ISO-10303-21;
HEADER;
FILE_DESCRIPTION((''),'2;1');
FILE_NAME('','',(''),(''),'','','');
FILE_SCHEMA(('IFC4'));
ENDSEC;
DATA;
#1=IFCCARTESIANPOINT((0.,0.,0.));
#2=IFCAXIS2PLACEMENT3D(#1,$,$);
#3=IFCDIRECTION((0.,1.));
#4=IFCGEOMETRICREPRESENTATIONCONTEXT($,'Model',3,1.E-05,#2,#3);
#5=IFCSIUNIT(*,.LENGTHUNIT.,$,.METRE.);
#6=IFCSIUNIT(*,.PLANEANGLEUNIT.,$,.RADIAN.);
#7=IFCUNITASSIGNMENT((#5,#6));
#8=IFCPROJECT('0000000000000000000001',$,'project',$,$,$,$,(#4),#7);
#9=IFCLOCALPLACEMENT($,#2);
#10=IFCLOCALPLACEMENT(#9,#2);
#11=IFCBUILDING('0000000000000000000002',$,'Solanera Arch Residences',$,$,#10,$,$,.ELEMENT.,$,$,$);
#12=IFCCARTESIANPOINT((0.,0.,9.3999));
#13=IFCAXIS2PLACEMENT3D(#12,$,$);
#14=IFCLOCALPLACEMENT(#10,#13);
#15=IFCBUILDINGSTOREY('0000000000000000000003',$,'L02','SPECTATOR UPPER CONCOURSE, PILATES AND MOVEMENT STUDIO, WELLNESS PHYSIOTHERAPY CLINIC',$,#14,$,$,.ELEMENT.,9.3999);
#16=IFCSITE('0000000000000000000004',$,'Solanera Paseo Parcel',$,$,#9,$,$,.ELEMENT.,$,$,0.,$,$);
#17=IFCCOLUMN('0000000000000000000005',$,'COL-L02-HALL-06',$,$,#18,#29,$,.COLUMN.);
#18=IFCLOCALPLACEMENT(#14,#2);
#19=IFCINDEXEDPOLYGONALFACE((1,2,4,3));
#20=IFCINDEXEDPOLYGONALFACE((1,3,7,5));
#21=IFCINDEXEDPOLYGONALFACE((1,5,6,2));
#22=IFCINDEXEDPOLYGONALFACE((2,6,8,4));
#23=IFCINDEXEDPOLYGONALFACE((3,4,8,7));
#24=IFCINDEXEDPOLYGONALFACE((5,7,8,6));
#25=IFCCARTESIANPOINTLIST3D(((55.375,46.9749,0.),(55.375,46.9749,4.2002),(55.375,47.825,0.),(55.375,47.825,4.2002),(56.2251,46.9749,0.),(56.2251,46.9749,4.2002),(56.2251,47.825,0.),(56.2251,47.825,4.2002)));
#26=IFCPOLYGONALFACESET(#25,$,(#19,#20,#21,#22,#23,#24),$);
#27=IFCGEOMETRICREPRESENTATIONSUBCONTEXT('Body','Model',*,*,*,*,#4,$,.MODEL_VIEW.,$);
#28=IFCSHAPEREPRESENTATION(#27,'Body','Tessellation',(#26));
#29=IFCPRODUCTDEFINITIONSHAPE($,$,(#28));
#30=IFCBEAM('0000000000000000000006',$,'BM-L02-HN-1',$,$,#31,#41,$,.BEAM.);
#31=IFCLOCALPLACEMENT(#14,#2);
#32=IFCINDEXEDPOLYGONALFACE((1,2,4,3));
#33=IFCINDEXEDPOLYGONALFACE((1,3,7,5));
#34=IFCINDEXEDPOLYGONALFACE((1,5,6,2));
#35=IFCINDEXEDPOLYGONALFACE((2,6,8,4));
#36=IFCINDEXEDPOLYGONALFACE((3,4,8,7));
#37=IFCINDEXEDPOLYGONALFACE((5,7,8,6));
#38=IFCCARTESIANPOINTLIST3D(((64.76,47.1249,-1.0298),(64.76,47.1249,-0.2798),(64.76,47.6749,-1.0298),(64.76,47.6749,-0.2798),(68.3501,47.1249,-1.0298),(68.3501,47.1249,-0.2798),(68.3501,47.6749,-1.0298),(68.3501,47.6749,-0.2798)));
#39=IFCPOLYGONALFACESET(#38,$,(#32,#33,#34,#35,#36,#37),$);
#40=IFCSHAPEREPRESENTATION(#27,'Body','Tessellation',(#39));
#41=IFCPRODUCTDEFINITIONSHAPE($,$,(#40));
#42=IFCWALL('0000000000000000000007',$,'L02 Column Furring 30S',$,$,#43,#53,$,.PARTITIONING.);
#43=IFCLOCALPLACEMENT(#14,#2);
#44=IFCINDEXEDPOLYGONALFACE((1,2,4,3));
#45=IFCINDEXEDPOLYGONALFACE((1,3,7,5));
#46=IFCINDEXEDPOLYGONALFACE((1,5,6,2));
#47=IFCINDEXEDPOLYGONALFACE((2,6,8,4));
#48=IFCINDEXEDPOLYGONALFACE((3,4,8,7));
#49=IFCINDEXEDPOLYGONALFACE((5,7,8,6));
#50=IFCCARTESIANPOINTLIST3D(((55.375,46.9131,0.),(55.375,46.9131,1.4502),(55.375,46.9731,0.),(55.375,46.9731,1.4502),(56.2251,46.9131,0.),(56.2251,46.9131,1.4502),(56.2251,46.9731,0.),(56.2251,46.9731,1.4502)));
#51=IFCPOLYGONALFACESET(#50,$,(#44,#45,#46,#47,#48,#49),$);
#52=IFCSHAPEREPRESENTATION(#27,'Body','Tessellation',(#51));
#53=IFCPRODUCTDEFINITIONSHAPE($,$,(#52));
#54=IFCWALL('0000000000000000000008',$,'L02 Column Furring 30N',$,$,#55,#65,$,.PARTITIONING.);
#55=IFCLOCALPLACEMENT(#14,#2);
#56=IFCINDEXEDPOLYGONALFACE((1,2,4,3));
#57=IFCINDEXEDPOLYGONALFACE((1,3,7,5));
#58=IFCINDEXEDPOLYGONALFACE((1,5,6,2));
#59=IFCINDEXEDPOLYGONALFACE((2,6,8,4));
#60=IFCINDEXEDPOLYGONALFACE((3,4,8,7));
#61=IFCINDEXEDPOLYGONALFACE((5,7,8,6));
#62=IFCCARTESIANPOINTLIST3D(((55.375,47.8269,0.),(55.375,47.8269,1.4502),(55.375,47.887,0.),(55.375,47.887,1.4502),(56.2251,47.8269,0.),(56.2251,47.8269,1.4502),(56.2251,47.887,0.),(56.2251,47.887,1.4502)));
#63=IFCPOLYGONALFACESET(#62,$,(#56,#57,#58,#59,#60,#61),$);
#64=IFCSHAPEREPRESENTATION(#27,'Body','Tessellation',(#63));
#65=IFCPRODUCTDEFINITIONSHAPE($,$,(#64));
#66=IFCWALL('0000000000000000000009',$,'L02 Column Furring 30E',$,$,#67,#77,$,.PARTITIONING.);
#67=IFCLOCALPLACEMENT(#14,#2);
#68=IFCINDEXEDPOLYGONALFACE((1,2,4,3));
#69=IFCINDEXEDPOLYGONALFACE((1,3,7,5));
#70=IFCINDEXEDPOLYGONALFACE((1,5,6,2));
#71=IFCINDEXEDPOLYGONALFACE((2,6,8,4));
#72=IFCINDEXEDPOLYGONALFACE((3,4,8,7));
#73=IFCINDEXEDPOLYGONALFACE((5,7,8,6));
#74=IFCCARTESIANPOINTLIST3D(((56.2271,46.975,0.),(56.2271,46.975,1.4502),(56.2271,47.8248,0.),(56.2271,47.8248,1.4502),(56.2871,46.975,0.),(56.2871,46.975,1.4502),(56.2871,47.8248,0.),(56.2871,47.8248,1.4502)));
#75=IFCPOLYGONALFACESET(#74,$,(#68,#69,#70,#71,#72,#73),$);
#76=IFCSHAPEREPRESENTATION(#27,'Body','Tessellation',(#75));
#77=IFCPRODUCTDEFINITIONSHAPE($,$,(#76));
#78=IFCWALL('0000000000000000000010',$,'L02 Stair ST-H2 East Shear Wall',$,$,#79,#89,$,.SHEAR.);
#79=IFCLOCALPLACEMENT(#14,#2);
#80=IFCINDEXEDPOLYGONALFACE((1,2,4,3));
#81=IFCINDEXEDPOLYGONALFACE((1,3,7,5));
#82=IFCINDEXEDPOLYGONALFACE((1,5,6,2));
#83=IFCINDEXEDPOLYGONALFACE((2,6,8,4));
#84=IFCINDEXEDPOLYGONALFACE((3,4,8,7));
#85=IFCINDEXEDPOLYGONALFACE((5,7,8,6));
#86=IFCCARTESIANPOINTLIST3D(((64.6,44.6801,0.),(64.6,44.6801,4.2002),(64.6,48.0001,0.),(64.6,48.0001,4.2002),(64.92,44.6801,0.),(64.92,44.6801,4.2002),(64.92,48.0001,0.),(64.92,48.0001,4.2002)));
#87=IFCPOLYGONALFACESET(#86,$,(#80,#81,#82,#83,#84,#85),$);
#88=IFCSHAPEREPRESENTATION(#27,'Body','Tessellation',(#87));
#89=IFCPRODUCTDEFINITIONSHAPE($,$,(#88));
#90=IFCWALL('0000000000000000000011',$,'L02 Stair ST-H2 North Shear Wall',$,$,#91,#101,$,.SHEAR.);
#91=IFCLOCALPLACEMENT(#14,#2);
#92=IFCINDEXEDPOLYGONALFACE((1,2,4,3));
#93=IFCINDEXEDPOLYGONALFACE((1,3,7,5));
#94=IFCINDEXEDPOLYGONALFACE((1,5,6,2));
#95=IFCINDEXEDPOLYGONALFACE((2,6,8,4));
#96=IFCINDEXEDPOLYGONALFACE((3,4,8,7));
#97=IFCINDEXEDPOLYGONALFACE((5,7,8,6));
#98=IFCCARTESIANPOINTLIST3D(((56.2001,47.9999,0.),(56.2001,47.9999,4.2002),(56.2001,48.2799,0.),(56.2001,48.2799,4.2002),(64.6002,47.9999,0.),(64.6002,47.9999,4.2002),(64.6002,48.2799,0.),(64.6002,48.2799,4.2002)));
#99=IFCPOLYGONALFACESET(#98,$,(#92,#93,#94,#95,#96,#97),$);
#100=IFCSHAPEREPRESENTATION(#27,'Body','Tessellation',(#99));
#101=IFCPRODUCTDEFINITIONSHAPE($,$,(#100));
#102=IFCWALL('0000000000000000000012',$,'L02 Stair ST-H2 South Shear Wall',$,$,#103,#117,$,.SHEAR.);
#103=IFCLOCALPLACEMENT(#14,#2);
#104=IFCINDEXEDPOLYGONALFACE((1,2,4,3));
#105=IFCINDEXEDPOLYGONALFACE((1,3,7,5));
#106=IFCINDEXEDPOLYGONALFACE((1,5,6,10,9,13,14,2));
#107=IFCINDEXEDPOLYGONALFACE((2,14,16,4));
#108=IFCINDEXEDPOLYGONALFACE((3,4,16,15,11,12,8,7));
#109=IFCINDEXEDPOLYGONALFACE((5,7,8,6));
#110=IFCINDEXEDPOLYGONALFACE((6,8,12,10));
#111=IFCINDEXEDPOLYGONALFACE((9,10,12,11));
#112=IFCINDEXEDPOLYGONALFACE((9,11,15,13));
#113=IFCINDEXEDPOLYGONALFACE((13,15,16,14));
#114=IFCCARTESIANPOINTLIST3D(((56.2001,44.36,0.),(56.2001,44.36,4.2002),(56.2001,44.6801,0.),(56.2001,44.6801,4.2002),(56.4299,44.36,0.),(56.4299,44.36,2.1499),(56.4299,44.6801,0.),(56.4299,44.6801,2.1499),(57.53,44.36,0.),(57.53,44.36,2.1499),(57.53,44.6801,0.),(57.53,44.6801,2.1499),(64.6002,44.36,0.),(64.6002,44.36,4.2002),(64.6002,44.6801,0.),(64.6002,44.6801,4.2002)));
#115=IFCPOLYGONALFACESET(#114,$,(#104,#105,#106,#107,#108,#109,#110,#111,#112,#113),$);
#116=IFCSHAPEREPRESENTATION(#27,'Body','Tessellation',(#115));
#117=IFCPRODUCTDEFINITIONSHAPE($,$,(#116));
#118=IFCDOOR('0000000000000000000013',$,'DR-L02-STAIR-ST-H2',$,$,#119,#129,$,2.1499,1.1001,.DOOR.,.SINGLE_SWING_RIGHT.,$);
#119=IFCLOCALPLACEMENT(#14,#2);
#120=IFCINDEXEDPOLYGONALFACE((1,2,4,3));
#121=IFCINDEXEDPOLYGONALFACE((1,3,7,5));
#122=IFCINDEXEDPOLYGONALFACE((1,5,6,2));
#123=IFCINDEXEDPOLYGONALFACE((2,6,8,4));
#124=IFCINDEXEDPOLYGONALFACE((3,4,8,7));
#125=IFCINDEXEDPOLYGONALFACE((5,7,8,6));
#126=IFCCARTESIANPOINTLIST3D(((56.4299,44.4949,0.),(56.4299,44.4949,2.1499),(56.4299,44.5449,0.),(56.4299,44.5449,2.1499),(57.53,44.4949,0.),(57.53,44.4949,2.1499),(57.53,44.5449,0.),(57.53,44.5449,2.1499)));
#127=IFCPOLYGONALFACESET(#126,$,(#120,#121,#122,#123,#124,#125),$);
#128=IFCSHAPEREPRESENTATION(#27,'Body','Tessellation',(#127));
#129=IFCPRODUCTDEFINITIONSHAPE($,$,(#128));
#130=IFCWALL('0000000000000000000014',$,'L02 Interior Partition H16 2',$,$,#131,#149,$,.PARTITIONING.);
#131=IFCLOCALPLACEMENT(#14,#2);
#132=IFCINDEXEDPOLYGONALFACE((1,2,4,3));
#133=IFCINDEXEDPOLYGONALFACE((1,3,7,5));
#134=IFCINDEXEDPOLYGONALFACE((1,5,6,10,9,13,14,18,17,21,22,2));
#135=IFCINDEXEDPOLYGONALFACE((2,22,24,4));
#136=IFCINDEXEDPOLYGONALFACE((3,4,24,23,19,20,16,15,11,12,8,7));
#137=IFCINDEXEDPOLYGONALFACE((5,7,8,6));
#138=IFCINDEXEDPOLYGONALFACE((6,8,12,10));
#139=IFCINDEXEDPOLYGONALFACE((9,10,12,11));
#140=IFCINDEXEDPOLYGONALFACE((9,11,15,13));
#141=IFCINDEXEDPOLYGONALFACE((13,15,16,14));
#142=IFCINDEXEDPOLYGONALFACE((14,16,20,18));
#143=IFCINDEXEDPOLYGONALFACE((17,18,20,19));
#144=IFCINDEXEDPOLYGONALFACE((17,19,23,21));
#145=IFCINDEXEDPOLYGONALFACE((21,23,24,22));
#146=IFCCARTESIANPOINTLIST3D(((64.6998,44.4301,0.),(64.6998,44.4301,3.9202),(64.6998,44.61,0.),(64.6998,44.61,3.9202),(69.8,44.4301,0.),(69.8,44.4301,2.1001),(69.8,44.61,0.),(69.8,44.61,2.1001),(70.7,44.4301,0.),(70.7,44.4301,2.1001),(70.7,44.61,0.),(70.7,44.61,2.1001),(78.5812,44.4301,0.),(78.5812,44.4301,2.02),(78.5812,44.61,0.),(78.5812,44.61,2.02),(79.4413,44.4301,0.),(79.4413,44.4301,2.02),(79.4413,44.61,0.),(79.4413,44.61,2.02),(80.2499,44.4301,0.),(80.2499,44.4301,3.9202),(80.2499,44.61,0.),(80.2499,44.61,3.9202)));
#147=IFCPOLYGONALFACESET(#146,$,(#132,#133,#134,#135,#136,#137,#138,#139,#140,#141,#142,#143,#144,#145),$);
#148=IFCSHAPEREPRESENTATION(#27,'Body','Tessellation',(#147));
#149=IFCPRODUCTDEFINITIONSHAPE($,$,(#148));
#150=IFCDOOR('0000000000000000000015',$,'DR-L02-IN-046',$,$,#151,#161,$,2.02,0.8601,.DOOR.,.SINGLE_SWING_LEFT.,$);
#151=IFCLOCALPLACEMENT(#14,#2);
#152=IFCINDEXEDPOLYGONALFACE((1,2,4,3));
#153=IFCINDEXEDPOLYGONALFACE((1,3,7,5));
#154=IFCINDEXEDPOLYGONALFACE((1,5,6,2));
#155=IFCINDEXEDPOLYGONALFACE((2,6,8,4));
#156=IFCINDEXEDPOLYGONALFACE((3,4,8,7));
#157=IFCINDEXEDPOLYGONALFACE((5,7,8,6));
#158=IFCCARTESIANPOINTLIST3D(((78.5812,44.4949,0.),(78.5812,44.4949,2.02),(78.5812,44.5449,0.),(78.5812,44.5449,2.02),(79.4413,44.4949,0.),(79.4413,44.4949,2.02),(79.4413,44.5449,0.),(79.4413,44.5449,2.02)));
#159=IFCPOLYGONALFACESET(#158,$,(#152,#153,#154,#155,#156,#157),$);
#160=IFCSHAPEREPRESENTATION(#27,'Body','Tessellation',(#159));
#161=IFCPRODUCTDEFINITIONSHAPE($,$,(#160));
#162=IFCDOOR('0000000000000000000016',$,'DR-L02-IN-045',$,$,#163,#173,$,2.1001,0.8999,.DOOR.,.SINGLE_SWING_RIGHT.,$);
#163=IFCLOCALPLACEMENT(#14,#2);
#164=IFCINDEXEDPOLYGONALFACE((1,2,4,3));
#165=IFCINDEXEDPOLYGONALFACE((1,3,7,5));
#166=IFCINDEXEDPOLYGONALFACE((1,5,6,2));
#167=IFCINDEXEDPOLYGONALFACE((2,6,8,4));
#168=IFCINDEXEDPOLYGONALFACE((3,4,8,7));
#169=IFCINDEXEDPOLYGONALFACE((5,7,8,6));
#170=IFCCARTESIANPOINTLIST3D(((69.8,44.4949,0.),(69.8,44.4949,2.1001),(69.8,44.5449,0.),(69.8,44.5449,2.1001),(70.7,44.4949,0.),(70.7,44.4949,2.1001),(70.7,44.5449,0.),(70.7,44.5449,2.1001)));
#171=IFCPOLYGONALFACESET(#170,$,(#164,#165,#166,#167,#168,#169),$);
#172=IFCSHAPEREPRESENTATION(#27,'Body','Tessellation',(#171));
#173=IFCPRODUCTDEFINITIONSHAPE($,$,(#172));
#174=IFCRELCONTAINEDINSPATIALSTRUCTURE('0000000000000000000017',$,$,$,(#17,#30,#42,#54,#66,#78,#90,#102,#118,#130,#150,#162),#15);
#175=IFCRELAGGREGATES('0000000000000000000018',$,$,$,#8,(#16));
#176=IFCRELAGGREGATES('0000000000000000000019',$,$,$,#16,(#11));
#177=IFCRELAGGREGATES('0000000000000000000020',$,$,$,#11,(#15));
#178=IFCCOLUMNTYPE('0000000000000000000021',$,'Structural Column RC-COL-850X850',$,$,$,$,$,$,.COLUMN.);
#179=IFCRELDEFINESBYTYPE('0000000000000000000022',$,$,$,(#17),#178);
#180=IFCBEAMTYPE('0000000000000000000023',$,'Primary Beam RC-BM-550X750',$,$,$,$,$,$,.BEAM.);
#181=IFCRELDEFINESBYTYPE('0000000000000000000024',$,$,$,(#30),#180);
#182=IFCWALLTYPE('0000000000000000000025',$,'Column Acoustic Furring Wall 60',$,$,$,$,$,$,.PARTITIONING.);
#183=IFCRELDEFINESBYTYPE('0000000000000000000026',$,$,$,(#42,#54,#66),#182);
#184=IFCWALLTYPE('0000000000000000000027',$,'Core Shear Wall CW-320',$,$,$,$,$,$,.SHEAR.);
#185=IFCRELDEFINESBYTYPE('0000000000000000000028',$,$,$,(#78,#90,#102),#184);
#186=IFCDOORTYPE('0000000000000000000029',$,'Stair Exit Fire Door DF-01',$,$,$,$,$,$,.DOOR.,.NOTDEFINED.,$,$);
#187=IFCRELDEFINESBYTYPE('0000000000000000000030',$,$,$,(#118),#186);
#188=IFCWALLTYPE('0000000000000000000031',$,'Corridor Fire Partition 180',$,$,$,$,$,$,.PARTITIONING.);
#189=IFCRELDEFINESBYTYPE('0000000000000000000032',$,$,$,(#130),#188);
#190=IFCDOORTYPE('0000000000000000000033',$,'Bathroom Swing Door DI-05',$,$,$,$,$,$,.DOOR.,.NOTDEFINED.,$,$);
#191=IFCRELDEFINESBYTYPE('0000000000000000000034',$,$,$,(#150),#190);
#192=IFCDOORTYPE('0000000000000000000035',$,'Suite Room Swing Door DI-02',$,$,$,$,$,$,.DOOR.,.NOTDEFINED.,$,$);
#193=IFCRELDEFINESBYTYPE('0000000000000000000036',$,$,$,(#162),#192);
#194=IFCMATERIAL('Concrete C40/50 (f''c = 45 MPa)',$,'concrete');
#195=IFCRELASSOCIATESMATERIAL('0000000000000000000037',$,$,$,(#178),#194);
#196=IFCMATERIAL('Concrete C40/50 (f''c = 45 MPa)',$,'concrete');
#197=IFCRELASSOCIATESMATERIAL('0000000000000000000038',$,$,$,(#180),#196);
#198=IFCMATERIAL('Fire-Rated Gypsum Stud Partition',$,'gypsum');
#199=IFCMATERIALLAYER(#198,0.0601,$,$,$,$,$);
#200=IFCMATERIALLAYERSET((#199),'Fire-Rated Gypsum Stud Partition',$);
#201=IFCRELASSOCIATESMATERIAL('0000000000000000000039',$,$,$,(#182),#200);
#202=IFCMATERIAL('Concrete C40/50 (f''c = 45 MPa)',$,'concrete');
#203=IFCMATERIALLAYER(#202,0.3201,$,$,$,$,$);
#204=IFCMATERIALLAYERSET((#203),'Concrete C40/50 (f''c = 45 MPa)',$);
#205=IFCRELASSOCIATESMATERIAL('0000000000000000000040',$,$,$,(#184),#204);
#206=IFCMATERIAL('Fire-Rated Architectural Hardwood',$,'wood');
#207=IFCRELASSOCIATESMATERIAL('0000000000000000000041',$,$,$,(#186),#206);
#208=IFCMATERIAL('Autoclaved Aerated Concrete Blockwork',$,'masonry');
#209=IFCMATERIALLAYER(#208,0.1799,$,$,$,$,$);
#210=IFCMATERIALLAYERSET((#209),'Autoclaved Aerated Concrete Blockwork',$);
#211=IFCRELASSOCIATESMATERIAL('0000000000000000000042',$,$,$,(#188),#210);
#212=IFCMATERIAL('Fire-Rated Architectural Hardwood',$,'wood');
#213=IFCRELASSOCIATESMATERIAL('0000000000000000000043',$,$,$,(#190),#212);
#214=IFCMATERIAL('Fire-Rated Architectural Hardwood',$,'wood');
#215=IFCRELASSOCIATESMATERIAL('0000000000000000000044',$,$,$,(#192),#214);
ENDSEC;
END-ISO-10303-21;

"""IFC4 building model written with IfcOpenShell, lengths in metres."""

from ifc_helpers import new_model, si_unit, direction, frame, frame_2d, origin, origin_2d, place, context, subcontext, project, spatial, rectangle, extrude, material, layer, layer_set, material_profile, profile_set, type_object, element, fill, save


model = new_model("IFC4")

# Units and contexts
model_context = context("Model", 3, precision=1e-05, world=origin(), true_north=direction((0.0, 1.0)))
body_context = subcontext(model_context, "Body", "Model", "MODEL_VIEW")
ifc_project = project(units=[si_unit("LENGTHUNIT", "METRE"), si_unit("PLANEANGLEUNIT", "RADIAN")], contexts=[model_context])

# Site, building, storey
site_placement = place(None, origin())
site = spatial("IfcSite", under=ifc_project, at=site_placement, Name="Solanera Paseo Parcel", CompositionType="ELEMENT", RefElevation=0.0)
building_placement = place(site_placement, origin())
building = spatial("IfcBuilding", under=site, at=building_placement, Name="Solanera Arch Residences", CompositionType="ELEMENT")
storey_placement = place(building_placement, frame((0.0, 0.0, 9.3999)))
storey = spatial("IfcBuildingStorey", under=building, at=storey_placement, Name="L02", Description="SPECTATOR UPPER CONCOURSE, PILATES AND MOVEMENT STUDIO, WELLNESS PHYSIOTHERAPY CLINIC", CompositionType="ELEMENT", Elevation=9.3999)

# Column
ifc_material_1 = material(Name="Concrete C40/50 (f'c = 45 MPa)", Category="concrete")
ifc_material_profile_1 = material_profile(ifc_material_1, rectangle(XDim=0.8501, YDim=0.8501, at=origin_2d()))
ifc_profile_set_1 = profile_set([ifc_material_profile_1], Name="Concrete C40/50 (f'c = 45 MPa)")
column_type = type_object("IfcColumnType", Name="Structural Column RC-COL-850X850", PredefinedType="COLUMN", material=ifc_profile_set_1)
column_placement = place(storey_placement, frame((55.8, 47.3999, 0.0), z_axis=(0.0, 0.0, 1.0), x_axis=(1.0, 0.0, 0.0)))
element("IfcColumn", 1, at=column_placement, inside=storey, type_object=column_type, Name="COL-L02-HALL-06", PredefinedType="COLUMN", context=body_context, shape_type="SweptSolid", body=[
    extrude(rectangle(XDim=0.8501, YDim=0.8501, at=origin_2d()), origin(), (0.0, 0.0, 1.0), 4.2002),
])

# Beam
ifc_material_2 = material(Name="Concrete C40/50 (f'c = 45 MPa)", Category="concrete")
ifc_material_profile_2 = material_profile(ifc_material_2, rectangle(XDim=0.55, YDim=0.75, at=origin_2d()))
ifc_profile_set_2 = profile_set([ifc_material_profile_2], Name="Concrete C40/50 (f'c = 45 MPa)")
beam_type = type_object("IfcBeamType", Name="Primary Beam RC-BM-550X750", PredefinedType="BEAM", material=ifc_profile_set_2)
beam_placement = place(storey_placement, frame((64.76, 47.3999, -0.6548), z_axis=(1.0, 0.0, 0.0), x_axis=(0.0, 1.0, 0.0)))
element("IfcBeam", 2, at=beam_placement, inside=storey, type_object=beam_type, Name="BM-L02-HN-1", PredefinedType="BEAM", context=body_context, shape_type="SweptSolid", body=[
    extrude(rectangle(XDim=0.55, YDim=0.75, at=origin_2d()), origin(), (0.0, 0.0, 1.0), 3.5901),
])

# Walls
ifc_material_3 = material(Name="Fire-Rated Gypsum Stud Partition", Category="gypsum")
ifc_layer_1 = layer(ifc_material_3, 0.0601)
ifc_layer_set_1 = layer_set([ifc_layer_1], Name="Fire-Rated Gypsum Stud Partition")
wall_type_1 = type_object("IfcWallType", Name="Column Acoustic Furring Wall 60", PredefinedType="PARTITIONING", material=ifc_layer_set_1)
for number, where, z_axis, x_axis, name in (
    (3, (55.375, 46.9431, 0.0), (0.0, 0.0, 1.0), (1.0, 0.0, 0.0), "L02 Column Furring 30S"),
    (4, (55.375, 47.8569, 0.0), (0.0, 0.0, 1.0), (1.0, 0.0, 0.0), "L02 Column Furring 30N"),
):
    element("IfcWall", number, at=place(storey_placement, frame(where, z_axis=z_axis, x_axis=x_axis)), inside=storey, type_object=wall_type_1, Name=name, PredefinedType="PARTITIONING", context=body_context, shape_type="SweptSolid", body=[
        extrude(rectangle(XDim=0.8501, YDim=0.0601, at=frame_2d((0.425, 0.0))), origin(), (0.0, 0.0, 1.0), 1.4502),
    ])
wall_1_placement = place(storey_placement, frame((56.2571, 46.9751, 0.0), z_axis=(0.0, 0.0, 1.0), x_axis=(0.0, 1.0, 0.0)))
element("IfcWall", 5, at=wall_1_placement, inside=storey, type_object=wall_type_1, Name="L02 Column Furring 30E", PredefinedType="PARTITIONING", context=body_context, shape_type="SweptSolid", body=[
    extrude(rectangle(XDim=0.8499, YDim=0.0601, at=frame_2d((0.4248, 0.0))), origin(), (0.0, 0.0, 1.0), 1.4502),
])
ifc_material_4 = material(Name="Concrete C40/50 (f'c = 45 MPa)", Category="concrete")
ifc_layer_2 = layer(ifc_material_4, 0.3201)
ifc_layer_set_2 = layer_set([ifc_layer_2], Name="Concrete C40/50 (f'c = 45 MPa)")
wall_type_2 = type_object("IfcWallType", Name="Core Shear Wall CW-320", PredefinedType="SHEAR", material=ifc_layer_set_2)
wall_2_placement = place(storey_placement, frame((64.76, 44.6799, 0.0), z_axis=(0.0, 0.0, 1.0), x_axis=(0.0, 1.0, 0.0)))
element("IfcWall", 6, at=wall_2_placement, inside=storey, type_object=wall_type_2, Name="L02 Stair ST-H2 East Shear Wall", PredefinedType="SHEAR", context=body_context, shape_type="SweptSolid", body=[
    extrude(rectangle(XDim=3.3201, YDim=0.3201, at=frame_2d((1.6602, 0.0))), origin(), (0.0, 0.0, 1.0), 4.2002),
])
wall_3_placement = place(storey_placement, frame((56.2, 48.1399, 0.0), z_axis=(0.0, 0.0, 1.0), x_axis=(1.0, 0.0, 0.0)))
element("IfcWall", 7, at=wall_3_placement, inside=storey, type_object=wall_type_2, Name="L02 Stair ST-H2 North Shear Wall", PredefinedType="SHEAR", context=body_context, shape_type="SweptSolid", body=[
    extrude(rectangle(XDim=8.4001, YDim=0.28, at=frame_2d((4.2002, 0.0))), origin(), (0.0, 0.0, 1.0), 4.2002),
])

# Wall, opening, door
wall_4_placement = place(storey_placement, frame((56.2, 44.52, 0.0), z_axis=(0.0, 0.0, 1.0), x_axis=(1.0, 0.0, 0.0)))
wall_4 = element("IfcWall", 8, at=wall_4_placement, inside=storey, type_object=wall_type_2, Name="L02 Stair ST-H2 South Shear Wall", PredefinedType="SHEAR", context=body_context, shape_type="SweptSolid", body=[
    extrude(rectangle(XDim=8.4001, YDim=0.3201, at=frame_2d((4.2002, 0.0))), origin(), (0.0, 0.0, 1.0), 4.2002),
])
opening_1_placement = place(wall_4_placement, frame((0.23, 0.0, 0.0)))
opening_1 = element("IfcOpeningElement", 9, at=opening_1_placement, cuts=wall_4, PredefinedType="OPENING", context=body_context, shape_type="SweptSolid", body=[
    extrude(rectangle(XDim=1.1001, YDim=2.1499, at=frame_2d((0.55, 1.075))), frame((0.0, 0.1699, 0.0), z_axis=(0.0, -1.0, 0.0), x_axis=(1.0, 0.0, 0.0)), (0.0, 0.0, 1.0), 0.3401),
])
ifc_material_5 = material(Name="Fire-Rated Architectural Hardwood", Category="wood")
door_type_1 = type_object("IfcDoorType", Name="Stair Exit Fire Door DF-01", OperationType="NOTDEFINED", PredefinedType="DOOR", material=ifc_material_5)
door_1_placement = place(opening_1_placement, origin())
door_1 = element("IfcDoor", 10, at=door_1_placement, inside=storey, type_object=door_type_1, Name="DR-L02-STAIR-ST-H2", OperationType="SINGLE_SWING_RIGHT", OverallHeight=2.1499, OverallWidth=1.1001, PredefinedType="DOOR", context=body_context, shape_type="SweptSolid", body=[
    extrude(rectangle(XDim=1.1001, YDim=2.1499, at=frame_2d((0.55, 1.075))), frame((0.0, 0.0249, 0.0), z_axis=(0.0, -1.0, 0.0), x_axis=(1.0, 0.0, 0.0)), (0.0, 0.0, 1.0), 0.05),
])
fill(opening_1, door_1)

# Wall, openings, doors
ifc_material_6 = material(Name="Autoclaved Aerated Concrete Blockwork", Category="masonry")
ifc_layer_3 = layer(ifc_material_6, 0.1799)
ifc_layer_set_3 = layer_set([ifc_layer_3], Name="Autoclaved Aerated Concrete Blockwork")
wall_type_3 = type_object("IfcWallType", Name="Corridor Fire Partition 180", PredefinedType="PARTITIONING", material=ifc_layer_set_3)
wall_5_placement = place(storey_placement, frame((64.7, 44.52, 0.0), z_axis=(0.0, 0.0, 1.0), x_axis=(1.0, 0.0, 0.0)))
wall_5 = element("IfcWall", 11, at=wall_5_placement, inside=storey, type_object=wall_type_3, Name="L02 Interior Partition H16 2", PredefinedType="PARTITIONING", context=body_context, shape_type="SweptSolid", body=[
    extrude(rectangle(XDim=15.55, YDim=0.1799, at=frame_2d((7.7749, 0.0))), origin(), (0.0, 0.0, 1.0), 3.9202),
])
opening_2_placement = place(wall_5_placement, frame((5.1001, 0.0, 0.0)))
opening_2 = element("IfcOpeningElement", 12, at=opening_2_placement, cuts=wall_5, PredefinedType="OPENING", context=body_context, shape_type="SweptSolid", body=[
    extrude(rectangle(XDim=0.8999, YDim=2.1001, at=frame_2d((0.45, 1.05))), frame((0.0, 0.1001, 0.0), z_axis=(0.0, -1.0, 0.0), x_axis=(1.0, 0.0, 0.0)), (0.0, 0.0, 1.0), 0.1999),
])
opening_3_placement = place(wall_5_placement, frame((13.8811, 0.0, 0.0)))
opening_3 = element("IfcOpeningElement", 13, at=opening_3_placement, cuts=wall_5, PredefinedType="OPENING", context=body_context, shape_type="SweptSolid", body=[
    extrude(rectangle(XDim=0.8601, YDim=2.02, at=frame_2d((0.4302, 1.01))), frame((0.0, 0.1001, 0.0), z_axis=(0.0, -1.0, 0.0), x_axis=(1.0, 0.0, 0.0)), (0.0, 0.0, 1.0), 0.1999),
])
ifc_material_7 = material(Name="Fire-Rated Architectural Hardwood", Category="wood")
door_type_2 = type_object("IfcDoorType", Name="Bathroom Swing Door DI-05", OperationType="NOTDEFINED", PredefinedType="DOOR", material=ifc_material_7)
door_2_placement = place(opening_3_placement, origin())
door_2 = element("IfcDoor", 14, at=door_2_placement, inside=storey, type_object=door_type_2, Name="DR-L02-IN-046", OperationType="SINGLE_SWING_LEFT", OverallHeight=2.02, OverallWidth=0.8601, PredefinedType="DOOR", context=body_context, shape_type="SweptSolid", body=[
    extrude(rectangle(XDim=0.8601, YDim=2.02, at=frame_2d((0.4302, 1.01))), frame((0.0, 0.0249, 0.0), z_axis=(0.0, -1.0, 0.0), x_axis=(1.0, 0.0, 0.0)), (0.0, 0.0, 1.0), 0.05),
])
fill(opening_3, door_2)
ifc_material_8 = material(Name="Fire-Rated Architectural Hardwood", Category="wood")
door_type_3 = type_object("IfcDoorType", Name="Suite Room Swing Door DI-02", OperationType="NOTDEFINED", PredefinedType="DOOR", material=ifc_material_8)
door_3_placement = place(opening_2_placement, origin())
door_3 = element("IfcDoor", 15, at=door_3_placement, inside=storey, type_object=door_type_3, Name="DR-L02-IN-045", OperationType="SINGLE_SWING_RIGHT", OverallHeight=2.1001, OverallWidth=0.8999, PredefinedType="DOOR", context=body_context, shape_type="SweptSolid", body=[
    extrude(rectangle(XDim=0.8999, YDim=2.1001, at=frame_2d((0.45, 1.05))), frame((0.0, 0.0249, 0.0), z_axis=(0.0, -1.0, 0.0), x_axis=(1.0, 0.0, 0.0)), (0.0, 0.0, 1.0), 0.05),
])
fill(opening_2, door_3)

save(model, "model.ifc")
